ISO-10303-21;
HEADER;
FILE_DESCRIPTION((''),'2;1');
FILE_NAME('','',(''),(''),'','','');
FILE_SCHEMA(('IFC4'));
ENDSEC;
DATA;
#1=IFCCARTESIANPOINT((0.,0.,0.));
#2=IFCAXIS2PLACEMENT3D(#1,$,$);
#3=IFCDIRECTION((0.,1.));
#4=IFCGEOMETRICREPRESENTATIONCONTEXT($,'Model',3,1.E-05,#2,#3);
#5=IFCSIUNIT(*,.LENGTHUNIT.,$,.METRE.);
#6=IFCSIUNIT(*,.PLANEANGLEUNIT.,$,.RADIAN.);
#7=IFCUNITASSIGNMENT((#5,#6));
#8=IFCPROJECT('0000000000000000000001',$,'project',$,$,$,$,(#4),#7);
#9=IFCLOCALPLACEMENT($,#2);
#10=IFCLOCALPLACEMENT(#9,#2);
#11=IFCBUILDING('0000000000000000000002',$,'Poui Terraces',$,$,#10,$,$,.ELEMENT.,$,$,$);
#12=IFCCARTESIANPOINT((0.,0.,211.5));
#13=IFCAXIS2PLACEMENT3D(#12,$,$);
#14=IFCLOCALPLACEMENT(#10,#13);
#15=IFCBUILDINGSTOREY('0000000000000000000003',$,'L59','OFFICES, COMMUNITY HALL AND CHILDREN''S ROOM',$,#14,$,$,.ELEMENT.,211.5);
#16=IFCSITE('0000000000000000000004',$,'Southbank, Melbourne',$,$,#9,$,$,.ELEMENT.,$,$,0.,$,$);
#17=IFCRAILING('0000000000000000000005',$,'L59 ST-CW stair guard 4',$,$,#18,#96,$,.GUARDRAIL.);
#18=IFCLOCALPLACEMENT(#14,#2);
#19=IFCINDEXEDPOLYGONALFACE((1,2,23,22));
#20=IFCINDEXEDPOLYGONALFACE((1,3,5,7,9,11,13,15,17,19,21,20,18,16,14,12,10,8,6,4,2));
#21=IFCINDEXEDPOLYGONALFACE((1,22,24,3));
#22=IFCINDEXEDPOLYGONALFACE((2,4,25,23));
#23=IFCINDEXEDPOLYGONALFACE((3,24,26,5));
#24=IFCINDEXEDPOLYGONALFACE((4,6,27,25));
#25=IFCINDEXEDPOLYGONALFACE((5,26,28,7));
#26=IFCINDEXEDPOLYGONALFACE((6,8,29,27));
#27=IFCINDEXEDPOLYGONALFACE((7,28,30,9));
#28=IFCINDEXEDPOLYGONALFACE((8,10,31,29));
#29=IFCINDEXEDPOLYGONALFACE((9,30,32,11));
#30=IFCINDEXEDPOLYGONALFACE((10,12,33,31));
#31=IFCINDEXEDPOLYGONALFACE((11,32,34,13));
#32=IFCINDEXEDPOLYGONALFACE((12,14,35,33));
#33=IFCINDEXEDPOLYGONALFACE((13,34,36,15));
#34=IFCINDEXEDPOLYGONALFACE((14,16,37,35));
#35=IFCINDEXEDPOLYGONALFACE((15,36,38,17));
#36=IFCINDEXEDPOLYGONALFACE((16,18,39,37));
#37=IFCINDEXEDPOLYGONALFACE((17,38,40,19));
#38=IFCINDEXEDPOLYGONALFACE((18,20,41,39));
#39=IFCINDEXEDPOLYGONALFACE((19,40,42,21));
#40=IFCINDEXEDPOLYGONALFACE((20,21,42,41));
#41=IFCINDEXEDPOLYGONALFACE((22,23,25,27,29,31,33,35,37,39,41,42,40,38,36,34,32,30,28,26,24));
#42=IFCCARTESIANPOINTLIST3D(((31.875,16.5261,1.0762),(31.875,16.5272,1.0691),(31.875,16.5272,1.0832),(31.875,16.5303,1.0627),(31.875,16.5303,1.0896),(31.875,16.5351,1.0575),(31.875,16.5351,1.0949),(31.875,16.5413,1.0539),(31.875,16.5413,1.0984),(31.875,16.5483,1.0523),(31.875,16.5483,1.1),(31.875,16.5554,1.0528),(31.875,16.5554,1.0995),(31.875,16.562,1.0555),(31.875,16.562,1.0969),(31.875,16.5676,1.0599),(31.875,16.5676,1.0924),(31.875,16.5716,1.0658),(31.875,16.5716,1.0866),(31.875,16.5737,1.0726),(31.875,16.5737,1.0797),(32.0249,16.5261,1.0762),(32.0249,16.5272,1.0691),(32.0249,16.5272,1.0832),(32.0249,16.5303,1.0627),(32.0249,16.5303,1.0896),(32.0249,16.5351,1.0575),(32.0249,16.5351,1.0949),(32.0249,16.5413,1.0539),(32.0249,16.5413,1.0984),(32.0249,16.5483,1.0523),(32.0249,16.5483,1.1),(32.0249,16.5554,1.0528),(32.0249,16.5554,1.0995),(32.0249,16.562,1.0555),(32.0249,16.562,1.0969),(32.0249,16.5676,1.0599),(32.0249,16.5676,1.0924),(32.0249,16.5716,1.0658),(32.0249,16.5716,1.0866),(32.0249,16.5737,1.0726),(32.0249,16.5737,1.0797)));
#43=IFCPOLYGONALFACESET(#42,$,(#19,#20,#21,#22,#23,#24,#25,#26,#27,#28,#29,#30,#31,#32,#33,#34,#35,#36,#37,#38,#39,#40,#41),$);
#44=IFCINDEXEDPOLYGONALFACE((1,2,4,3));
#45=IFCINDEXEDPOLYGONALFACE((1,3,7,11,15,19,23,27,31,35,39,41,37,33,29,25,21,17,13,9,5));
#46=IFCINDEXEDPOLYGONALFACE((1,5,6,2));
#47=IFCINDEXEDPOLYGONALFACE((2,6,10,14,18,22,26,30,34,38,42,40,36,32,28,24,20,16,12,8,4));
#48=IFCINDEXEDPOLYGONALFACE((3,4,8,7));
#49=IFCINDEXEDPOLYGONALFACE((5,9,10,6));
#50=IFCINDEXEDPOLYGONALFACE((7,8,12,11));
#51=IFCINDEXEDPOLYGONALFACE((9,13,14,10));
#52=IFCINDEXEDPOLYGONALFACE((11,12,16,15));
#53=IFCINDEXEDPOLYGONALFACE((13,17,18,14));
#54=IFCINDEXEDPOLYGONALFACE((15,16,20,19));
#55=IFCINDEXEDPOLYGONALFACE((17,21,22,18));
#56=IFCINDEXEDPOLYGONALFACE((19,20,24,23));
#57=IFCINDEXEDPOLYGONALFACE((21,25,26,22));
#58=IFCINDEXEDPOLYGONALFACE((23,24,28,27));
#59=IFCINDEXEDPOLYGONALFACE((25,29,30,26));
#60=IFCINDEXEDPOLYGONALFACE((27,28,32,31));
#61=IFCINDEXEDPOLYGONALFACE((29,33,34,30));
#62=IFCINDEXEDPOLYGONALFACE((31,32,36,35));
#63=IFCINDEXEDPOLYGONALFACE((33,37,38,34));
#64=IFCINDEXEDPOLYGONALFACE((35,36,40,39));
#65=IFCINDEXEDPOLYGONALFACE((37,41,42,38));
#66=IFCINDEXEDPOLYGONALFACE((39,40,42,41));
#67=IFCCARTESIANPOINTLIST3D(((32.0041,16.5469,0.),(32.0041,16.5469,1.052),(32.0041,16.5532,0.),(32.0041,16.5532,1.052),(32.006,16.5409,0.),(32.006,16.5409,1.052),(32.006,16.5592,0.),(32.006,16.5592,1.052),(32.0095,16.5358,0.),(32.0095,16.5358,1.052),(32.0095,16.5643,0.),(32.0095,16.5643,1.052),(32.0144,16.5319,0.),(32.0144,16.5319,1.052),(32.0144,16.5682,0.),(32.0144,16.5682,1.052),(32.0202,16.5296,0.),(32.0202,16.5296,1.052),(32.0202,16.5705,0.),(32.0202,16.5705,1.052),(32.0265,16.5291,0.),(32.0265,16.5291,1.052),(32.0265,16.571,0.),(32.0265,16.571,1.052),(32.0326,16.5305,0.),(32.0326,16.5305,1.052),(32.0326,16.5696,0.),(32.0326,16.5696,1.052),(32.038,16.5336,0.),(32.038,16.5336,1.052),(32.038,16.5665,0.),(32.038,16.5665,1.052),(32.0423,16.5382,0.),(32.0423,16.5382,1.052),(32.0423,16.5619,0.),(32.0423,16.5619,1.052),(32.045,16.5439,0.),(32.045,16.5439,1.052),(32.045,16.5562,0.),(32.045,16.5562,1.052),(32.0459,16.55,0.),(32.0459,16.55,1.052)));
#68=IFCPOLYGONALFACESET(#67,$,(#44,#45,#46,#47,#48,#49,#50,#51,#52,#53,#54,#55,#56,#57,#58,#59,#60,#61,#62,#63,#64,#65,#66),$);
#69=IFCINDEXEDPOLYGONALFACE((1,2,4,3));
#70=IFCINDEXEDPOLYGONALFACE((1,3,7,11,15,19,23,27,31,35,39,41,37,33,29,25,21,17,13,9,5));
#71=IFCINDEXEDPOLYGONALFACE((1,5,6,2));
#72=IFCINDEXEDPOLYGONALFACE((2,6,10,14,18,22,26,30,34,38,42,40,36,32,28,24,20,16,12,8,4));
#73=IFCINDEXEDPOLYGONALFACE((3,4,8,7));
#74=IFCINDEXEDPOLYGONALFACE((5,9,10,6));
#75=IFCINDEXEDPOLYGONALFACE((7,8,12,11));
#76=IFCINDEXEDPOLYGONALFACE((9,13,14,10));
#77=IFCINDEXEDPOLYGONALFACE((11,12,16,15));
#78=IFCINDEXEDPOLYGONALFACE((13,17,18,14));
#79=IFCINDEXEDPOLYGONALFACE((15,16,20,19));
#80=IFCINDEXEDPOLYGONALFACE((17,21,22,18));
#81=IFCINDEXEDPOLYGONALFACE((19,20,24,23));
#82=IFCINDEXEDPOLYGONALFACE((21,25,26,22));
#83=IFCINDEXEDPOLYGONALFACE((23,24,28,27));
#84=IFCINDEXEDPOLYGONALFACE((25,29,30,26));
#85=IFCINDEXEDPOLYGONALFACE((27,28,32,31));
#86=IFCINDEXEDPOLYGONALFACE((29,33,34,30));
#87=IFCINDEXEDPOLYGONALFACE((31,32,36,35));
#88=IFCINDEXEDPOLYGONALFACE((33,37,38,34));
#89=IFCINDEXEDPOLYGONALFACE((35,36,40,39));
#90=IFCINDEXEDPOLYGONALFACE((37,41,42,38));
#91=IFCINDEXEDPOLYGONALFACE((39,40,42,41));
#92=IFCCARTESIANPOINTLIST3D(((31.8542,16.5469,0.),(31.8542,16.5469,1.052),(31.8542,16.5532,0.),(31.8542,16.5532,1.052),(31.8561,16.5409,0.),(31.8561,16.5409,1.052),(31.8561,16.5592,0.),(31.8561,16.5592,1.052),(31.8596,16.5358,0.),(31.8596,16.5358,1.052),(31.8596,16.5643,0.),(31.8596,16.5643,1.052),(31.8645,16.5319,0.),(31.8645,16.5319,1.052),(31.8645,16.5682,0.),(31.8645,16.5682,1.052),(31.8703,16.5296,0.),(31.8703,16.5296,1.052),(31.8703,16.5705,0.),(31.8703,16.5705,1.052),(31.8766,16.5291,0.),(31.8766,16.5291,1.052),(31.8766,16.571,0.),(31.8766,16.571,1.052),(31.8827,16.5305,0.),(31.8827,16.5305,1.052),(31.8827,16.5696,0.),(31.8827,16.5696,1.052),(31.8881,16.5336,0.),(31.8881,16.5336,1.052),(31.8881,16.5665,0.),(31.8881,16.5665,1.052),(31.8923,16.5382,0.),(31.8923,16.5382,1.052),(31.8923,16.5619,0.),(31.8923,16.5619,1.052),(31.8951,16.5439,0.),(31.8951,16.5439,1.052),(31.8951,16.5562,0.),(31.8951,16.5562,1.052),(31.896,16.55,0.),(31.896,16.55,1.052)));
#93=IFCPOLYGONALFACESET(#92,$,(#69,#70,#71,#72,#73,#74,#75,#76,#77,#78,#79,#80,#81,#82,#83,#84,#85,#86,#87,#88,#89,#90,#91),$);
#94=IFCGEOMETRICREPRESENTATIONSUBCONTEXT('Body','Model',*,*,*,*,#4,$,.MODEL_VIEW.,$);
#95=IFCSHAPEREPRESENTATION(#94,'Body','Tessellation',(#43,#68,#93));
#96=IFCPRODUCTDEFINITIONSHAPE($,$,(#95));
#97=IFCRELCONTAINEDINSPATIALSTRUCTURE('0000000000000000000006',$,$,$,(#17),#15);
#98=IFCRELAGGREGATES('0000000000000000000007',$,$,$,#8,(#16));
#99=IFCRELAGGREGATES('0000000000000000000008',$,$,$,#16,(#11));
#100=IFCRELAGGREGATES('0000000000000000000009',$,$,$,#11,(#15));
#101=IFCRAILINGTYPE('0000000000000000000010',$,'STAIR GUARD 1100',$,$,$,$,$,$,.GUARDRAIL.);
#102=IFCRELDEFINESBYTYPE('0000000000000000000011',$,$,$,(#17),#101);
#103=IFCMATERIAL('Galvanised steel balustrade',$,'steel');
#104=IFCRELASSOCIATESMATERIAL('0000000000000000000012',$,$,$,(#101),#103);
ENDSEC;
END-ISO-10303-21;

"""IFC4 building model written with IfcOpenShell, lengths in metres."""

from ifc_helpers import new_model, si_unit, direction, frame, origin, origin_2d, place, context, subcontext, project, spatial, circle, extrude, material, type_object, element, save


model = new_model("IFC4")

# Units and contexts
model_context = context("Model", 3, precision=1e-05, world=origin(), true_north=direction((0.0, 1.0)))
body_context = subcontext(model_context, "Body", "Model", "MODEL_VIEW")
ifc_project = project(units=[si_unit("LENGTHUNIT", "METRE"), si_unit("PLANEANGLEUNIT", "RADIAN")], contexts=[model_context])

# Site, building, storey
site_placement = place(None, origin())
site = spatial("IfcSite", under=ifc_project, at=site_placement, Name="Southbank, Melbourne", CompositionType="ELEMENT", RefElevation=0.0)
building_placement = place(site_placement, origin())
building = spatial("IfcBuilding", under=site, at=building_placement, Name="Poui Terraces", CompositionType="ELEMENT")
storey_placement = place(building_placement, frame((0.0, 0.0, 211.5)))
storey = spatial("IfcBuildingStorey", under=building, at=storey_placement, Name="L59", Description="OFFICES, COMMUNITY HALL AND CHILDREN'S ROOM", CompositionType="ELEMENT", Elevation=211.5)

# Railing
ifc_material_1 = material(Name="Galvanised steel balustrade", Category="steel")
railing_type_1 = type_object("IfcRailingType", Name="STAIR GUARD 1100", PredefinedType="GUARDRAIL", material=ifc_material_1)
railing_1_placement = place(storey_placement, frame((32.0249, 16.55, 0.0)))
element("IfcRailing", 1, at=railing_1_placement, inside=storey, type_object=railing_type_1, Name="L59 ST-CW stair guard 4", PredefinedType="GUARDRAIL", context=body_context, shape_type="SweptSolid", body=[
    extrude(circle(Radius=0.0239, at=origin_2d()), frame((0.0, 0.0, 1.0762), z_axis=(-1.0, 0.0, 0.0), x_axis=(0.0, -1.0, 0.0)), (0.0, 0.0, 1.0), 0.1499),
    extrude(circle(Radius=0.021, at=origin_2d()), origin(), (0.0, 0.0, 1.0), 1.052),
    extrude(circle(Radius=0.021, at=origin_2d()), frame((-0.1499, 0.0, 0.0)), (0.0, 0.0, 1.0), 1.052),
])

save(model, "model.ifc")
